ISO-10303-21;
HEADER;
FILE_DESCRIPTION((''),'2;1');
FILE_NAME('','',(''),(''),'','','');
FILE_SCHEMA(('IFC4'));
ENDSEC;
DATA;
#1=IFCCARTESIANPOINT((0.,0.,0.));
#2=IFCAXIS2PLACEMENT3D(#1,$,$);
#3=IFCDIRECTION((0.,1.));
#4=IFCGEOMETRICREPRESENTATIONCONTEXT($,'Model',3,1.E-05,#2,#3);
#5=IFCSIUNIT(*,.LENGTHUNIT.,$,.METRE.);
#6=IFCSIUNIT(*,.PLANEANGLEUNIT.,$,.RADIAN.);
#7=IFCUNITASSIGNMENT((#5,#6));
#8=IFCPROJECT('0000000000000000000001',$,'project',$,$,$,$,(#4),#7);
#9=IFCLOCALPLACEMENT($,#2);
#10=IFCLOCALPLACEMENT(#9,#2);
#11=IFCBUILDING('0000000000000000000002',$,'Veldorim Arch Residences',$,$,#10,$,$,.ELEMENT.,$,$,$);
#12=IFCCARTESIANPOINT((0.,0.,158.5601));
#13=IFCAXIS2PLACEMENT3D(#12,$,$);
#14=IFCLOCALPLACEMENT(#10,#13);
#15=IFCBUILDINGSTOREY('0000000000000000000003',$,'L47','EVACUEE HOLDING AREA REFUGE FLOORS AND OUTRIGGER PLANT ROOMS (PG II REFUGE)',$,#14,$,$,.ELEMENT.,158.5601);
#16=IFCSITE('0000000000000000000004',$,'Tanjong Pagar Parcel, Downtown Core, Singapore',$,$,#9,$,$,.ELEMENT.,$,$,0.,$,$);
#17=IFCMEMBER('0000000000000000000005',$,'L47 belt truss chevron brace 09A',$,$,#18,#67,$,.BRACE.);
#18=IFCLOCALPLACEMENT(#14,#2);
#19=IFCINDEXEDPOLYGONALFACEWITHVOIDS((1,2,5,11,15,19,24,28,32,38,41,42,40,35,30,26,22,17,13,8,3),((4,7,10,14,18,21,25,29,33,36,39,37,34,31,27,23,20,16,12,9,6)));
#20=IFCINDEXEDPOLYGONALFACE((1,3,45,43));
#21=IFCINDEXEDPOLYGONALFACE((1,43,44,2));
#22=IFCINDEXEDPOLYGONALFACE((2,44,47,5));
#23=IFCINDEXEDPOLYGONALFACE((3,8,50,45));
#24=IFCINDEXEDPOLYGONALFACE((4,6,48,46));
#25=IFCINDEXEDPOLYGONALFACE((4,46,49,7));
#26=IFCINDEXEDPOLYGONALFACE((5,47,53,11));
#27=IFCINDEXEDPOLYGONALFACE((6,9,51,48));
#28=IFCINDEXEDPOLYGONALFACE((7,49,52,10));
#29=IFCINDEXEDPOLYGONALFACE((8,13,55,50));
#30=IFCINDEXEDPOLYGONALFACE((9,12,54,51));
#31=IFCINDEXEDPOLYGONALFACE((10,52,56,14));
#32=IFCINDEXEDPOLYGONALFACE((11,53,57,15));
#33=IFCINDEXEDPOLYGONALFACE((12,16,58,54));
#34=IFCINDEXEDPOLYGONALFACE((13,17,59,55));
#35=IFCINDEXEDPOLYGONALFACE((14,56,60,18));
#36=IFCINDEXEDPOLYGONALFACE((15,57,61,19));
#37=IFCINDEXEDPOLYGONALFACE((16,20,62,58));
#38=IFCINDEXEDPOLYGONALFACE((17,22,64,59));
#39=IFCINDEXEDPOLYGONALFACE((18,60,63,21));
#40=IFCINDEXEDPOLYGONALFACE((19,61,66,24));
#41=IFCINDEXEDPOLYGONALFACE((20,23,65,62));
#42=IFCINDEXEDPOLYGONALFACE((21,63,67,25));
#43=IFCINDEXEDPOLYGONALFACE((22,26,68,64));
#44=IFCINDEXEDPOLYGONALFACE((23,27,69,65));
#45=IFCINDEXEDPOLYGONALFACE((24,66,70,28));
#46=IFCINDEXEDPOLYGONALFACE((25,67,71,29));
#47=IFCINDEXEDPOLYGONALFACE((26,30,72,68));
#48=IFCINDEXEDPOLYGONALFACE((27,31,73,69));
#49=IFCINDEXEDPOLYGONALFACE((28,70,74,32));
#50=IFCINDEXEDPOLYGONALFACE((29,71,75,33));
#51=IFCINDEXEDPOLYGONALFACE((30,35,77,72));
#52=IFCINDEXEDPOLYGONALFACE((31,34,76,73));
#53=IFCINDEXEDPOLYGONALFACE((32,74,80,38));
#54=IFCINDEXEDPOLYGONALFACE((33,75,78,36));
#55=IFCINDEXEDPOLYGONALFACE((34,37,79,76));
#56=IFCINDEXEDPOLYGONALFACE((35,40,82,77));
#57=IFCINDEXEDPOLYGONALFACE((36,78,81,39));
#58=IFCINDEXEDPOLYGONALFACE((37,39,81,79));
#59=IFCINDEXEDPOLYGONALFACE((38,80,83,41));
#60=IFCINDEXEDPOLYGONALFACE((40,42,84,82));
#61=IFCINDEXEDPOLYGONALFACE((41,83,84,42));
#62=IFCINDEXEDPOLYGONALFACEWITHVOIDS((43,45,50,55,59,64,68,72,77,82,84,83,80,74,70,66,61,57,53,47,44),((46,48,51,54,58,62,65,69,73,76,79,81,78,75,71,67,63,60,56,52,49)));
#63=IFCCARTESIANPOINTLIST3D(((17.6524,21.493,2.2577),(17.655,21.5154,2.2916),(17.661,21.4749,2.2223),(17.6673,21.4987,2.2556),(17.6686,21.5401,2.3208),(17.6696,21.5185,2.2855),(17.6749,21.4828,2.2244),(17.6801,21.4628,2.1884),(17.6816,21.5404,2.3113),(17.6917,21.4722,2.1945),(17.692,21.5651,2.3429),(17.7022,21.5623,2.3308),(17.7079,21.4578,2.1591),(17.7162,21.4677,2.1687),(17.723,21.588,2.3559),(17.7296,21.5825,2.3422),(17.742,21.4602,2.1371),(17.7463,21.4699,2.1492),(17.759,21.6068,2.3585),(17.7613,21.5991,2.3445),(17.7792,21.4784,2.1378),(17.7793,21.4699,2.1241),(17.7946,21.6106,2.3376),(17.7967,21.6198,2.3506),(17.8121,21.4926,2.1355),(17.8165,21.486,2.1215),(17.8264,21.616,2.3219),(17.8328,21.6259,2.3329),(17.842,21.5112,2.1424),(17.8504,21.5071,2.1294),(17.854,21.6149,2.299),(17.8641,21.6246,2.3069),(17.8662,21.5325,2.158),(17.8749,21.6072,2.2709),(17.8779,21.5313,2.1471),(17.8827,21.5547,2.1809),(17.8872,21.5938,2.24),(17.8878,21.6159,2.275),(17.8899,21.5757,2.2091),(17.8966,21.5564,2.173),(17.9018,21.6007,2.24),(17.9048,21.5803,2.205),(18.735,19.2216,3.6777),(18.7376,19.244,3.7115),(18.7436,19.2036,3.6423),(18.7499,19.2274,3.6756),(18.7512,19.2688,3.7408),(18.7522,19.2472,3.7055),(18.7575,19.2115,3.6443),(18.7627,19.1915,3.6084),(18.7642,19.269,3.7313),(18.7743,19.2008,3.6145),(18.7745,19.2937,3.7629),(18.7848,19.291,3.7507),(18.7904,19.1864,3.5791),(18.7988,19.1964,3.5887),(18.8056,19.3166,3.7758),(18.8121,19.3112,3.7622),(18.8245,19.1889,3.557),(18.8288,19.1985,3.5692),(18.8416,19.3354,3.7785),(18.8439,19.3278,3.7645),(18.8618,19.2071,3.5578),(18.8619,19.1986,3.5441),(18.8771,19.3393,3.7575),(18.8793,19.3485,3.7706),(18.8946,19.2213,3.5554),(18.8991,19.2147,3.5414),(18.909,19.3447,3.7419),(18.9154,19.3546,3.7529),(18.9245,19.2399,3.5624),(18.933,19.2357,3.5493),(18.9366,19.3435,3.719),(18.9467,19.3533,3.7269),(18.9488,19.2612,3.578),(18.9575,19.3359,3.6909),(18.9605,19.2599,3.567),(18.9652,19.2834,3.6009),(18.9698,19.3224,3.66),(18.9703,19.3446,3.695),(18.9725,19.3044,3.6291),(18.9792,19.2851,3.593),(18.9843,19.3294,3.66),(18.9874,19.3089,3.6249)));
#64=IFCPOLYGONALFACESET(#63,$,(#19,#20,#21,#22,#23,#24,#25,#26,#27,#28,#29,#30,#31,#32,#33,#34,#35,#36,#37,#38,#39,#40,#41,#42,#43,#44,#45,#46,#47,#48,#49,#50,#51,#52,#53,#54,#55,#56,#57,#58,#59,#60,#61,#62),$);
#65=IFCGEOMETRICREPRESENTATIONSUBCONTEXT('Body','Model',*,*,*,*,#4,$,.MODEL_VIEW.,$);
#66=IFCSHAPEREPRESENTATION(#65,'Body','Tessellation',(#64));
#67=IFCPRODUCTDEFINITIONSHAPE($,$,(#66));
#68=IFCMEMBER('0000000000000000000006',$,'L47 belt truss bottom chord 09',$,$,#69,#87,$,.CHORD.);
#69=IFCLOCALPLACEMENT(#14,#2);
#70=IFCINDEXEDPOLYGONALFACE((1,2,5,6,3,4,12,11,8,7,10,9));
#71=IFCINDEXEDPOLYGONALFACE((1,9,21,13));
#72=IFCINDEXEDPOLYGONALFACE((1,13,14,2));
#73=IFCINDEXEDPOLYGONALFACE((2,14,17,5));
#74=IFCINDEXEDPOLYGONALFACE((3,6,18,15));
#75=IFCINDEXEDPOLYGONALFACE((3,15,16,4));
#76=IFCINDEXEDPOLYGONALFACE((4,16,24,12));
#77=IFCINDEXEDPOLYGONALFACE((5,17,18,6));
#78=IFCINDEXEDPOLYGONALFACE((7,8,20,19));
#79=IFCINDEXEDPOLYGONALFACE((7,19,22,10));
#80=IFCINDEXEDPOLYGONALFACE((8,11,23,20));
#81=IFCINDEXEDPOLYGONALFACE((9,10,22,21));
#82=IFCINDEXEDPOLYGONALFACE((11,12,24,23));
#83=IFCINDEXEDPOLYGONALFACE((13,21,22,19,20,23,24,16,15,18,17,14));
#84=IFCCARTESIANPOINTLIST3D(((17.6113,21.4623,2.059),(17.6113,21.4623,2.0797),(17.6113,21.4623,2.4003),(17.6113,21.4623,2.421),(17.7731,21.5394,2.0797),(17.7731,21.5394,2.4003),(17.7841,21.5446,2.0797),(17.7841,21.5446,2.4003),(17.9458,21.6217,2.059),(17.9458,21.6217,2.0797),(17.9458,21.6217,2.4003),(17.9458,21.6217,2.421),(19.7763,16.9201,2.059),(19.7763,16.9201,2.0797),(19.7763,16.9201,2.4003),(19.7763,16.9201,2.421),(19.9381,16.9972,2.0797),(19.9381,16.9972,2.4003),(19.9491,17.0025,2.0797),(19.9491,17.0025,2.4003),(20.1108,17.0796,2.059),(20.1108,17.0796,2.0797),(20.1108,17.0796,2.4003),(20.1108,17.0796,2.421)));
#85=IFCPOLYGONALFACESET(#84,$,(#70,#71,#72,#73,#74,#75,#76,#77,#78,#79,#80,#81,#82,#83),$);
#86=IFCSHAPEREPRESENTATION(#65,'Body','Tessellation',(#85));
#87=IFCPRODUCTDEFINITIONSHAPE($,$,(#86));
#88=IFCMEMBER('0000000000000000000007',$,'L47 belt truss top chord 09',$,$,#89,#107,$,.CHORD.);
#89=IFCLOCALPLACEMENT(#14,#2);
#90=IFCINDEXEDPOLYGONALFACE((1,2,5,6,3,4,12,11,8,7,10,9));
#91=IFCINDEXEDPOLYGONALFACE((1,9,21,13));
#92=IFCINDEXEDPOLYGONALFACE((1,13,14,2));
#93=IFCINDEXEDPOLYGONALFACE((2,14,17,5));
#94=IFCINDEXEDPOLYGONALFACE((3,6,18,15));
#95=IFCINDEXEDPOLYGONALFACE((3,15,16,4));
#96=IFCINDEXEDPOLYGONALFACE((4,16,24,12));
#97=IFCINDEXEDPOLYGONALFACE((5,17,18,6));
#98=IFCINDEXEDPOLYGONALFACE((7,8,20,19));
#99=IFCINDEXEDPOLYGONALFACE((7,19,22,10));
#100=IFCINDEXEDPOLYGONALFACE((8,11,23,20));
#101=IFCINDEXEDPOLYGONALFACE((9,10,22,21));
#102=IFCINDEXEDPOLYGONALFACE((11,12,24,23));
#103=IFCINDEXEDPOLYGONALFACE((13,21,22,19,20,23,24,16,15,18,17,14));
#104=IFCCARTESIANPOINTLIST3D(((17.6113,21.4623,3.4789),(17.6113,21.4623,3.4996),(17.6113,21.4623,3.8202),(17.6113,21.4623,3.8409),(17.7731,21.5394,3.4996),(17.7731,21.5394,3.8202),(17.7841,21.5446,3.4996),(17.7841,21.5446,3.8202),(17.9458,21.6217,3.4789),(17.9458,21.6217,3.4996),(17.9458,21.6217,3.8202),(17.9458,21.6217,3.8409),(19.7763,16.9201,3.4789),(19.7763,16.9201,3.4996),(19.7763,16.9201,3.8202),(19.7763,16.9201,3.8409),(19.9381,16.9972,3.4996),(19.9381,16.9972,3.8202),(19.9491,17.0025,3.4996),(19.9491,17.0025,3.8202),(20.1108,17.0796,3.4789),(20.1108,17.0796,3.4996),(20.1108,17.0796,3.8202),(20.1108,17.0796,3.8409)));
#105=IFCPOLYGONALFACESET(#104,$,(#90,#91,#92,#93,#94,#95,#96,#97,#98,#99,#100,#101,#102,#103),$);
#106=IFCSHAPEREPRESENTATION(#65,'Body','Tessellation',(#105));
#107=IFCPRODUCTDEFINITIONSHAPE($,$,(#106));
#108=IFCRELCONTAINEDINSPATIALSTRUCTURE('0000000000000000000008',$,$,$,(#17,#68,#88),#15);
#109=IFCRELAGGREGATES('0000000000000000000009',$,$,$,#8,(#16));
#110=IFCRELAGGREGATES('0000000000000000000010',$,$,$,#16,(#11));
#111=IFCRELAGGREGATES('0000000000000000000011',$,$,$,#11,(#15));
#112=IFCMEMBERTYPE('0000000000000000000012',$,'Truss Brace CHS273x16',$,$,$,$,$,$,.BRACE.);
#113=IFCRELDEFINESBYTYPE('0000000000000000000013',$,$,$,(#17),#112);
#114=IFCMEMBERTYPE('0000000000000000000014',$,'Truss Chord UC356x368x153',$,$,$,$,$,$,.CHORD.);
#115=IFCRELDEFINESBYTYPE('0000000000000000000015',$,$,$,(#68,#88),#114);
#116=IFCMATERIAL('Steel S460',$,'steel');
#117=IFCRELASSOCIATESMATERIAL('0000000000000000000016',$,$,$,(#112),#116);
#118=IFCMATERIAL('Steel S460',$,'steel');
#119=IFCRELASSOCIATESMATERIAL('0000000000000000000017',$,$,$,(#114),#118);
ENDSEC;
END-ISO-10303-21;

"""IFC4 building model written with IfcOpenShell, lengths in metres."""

from ifc_helpers import new_model, si_unit, direction, frame, origin, origin_2d, place, context, subcontext, project, spatial, hollow_circle, i_section, extrude, material, material_profile, profile_set, type_object, element, save


model = new_model("IFC4")

# Units and contexts
model_context = context("Model", 3, precision=1e-05, world=origin(), true_north=direction((0.0, 1.0)))
body_context = subcontext(model_context, "Body", "Model", "MODEL_VIEW")
ifc_project = project(units=[si_unit("LENGTHUNIT", "METRE"), si_unit("PLANEANGLEUNIT", "RADIAN")], contexts=[model_context])

# Site, building, storey
site_placement = place(None, origin())
site = spatial("IfcSite", under=ifc_project, at=site_placement, Name="Tanjong Pagar Parcel, Downtown Core, Singapore", CompositionType="ELEMENT", RefElevation=0.0)
building_placement = place(site_placement, origin())
building = spatial("IfcBuilding", under=site, at=building_placement, Name="Veldorim Arch Residences", CompositionType="ELEMENT")
storey_placement = place(building_placement, frame((0.0, 0.0, 158.5601)))
storey = spatial("IfcBuildingStorey", under=building, at=storey_placement, Name="L47", Description="EVACUEE HOLDING AREA REFUGE FLOORS AND OUTRIGGER PLANT ROOMS (PG II REFUGE)", CompositionType="ELEMENT", Elevation=158.5601)

# Members
ifc_material_1 = material(Name="Steel S460", Category="steel")
ifc_material_profile_1 = material_profile(ifc_material_1, hollow_circle(Radius=0.1365, WallThickness=0.0161, at=origin_2d()), Name="CHS273x16")
ifc_profile_set_1 = profile_set([ifc_material_profile_1], Name="Steel S460")
member_type_1 = type_object("IfcMemberType", Name="Truss Brace CHS273x16", PredefinedType="BRACE", material=ifc_profile_set_1)
member_1_placement = place(storey_placement, frame((17.7786, 21.542, 2.24), z_axis=(0.374699, -0.786157, 0.491486), x_axis=(0.90271, 0.43025, 0.0)))
element("IfcMember", 1, at=member_1_placement, inside=storey, type_object=member_type_1, Name="L47 belt truss chevron brace 09A", PredefinedType="BRACE", context=body_context, shape_type="SweptSolid", body=[
    extrude(hollow_circle(Radius=0.1365, WallThickness=0.0161, at=origin_2d()), origin(), (0.0, 0.0, 1.0), 2.8892),
])
ifc_material_2 = material(Name="Steel S460", Category="steel")
ifc_material_profile_2 = material_profile(ifc_material_2, i_section(OverallWidth=0.3706, OverallDepth=0.3621, WebThickness=0.0122, FlangeThickness=0.0208, at=origin_2d()), Name="UC356x368x153")
ifc_profile_set_2 = profile_set([ifc_material_profile_2], Name="Steel S460")
member_type_2 = type_object("IfcMemberType", Name="Truss Chord UC356x368x153", PredefinedType="CHORD", material=ifc_profile_set_2)
for number, where, z_axis, x_axis, name in (
    (2, (17.7786, 21.542, 2.24), (0.430269, -0.902701, 0.0), (0.902701, 0.430269, 0.0), "L47 belt truss bottom chord 09"),
    (3, (17.7786, 21.542, 3.6599), (0.430269, -0.902701, 0.0), (0.902701, 0.430269, 0.0), "L47 belt truss top chord 09"),
):
    element("IfcMember", number, at=place(storey_placement, frame(where, z_axis=z_axis, x_axis=x_axis)), inside=storey, type_object=member_type_2, Name=name, PredefinedType="CHORD", context=body_context, shape_type="SweptSolid", body=[
        extrude(i_section(OverallWidth=0.3706, OverallDepth=0.3621, WebThickness=0.0122, FlangeThickness=0.0208, at=origin_2d()), origin(), (0.0, 0.0, 1.0), 5.0317),
    ])

save(model, "model.ifc")
